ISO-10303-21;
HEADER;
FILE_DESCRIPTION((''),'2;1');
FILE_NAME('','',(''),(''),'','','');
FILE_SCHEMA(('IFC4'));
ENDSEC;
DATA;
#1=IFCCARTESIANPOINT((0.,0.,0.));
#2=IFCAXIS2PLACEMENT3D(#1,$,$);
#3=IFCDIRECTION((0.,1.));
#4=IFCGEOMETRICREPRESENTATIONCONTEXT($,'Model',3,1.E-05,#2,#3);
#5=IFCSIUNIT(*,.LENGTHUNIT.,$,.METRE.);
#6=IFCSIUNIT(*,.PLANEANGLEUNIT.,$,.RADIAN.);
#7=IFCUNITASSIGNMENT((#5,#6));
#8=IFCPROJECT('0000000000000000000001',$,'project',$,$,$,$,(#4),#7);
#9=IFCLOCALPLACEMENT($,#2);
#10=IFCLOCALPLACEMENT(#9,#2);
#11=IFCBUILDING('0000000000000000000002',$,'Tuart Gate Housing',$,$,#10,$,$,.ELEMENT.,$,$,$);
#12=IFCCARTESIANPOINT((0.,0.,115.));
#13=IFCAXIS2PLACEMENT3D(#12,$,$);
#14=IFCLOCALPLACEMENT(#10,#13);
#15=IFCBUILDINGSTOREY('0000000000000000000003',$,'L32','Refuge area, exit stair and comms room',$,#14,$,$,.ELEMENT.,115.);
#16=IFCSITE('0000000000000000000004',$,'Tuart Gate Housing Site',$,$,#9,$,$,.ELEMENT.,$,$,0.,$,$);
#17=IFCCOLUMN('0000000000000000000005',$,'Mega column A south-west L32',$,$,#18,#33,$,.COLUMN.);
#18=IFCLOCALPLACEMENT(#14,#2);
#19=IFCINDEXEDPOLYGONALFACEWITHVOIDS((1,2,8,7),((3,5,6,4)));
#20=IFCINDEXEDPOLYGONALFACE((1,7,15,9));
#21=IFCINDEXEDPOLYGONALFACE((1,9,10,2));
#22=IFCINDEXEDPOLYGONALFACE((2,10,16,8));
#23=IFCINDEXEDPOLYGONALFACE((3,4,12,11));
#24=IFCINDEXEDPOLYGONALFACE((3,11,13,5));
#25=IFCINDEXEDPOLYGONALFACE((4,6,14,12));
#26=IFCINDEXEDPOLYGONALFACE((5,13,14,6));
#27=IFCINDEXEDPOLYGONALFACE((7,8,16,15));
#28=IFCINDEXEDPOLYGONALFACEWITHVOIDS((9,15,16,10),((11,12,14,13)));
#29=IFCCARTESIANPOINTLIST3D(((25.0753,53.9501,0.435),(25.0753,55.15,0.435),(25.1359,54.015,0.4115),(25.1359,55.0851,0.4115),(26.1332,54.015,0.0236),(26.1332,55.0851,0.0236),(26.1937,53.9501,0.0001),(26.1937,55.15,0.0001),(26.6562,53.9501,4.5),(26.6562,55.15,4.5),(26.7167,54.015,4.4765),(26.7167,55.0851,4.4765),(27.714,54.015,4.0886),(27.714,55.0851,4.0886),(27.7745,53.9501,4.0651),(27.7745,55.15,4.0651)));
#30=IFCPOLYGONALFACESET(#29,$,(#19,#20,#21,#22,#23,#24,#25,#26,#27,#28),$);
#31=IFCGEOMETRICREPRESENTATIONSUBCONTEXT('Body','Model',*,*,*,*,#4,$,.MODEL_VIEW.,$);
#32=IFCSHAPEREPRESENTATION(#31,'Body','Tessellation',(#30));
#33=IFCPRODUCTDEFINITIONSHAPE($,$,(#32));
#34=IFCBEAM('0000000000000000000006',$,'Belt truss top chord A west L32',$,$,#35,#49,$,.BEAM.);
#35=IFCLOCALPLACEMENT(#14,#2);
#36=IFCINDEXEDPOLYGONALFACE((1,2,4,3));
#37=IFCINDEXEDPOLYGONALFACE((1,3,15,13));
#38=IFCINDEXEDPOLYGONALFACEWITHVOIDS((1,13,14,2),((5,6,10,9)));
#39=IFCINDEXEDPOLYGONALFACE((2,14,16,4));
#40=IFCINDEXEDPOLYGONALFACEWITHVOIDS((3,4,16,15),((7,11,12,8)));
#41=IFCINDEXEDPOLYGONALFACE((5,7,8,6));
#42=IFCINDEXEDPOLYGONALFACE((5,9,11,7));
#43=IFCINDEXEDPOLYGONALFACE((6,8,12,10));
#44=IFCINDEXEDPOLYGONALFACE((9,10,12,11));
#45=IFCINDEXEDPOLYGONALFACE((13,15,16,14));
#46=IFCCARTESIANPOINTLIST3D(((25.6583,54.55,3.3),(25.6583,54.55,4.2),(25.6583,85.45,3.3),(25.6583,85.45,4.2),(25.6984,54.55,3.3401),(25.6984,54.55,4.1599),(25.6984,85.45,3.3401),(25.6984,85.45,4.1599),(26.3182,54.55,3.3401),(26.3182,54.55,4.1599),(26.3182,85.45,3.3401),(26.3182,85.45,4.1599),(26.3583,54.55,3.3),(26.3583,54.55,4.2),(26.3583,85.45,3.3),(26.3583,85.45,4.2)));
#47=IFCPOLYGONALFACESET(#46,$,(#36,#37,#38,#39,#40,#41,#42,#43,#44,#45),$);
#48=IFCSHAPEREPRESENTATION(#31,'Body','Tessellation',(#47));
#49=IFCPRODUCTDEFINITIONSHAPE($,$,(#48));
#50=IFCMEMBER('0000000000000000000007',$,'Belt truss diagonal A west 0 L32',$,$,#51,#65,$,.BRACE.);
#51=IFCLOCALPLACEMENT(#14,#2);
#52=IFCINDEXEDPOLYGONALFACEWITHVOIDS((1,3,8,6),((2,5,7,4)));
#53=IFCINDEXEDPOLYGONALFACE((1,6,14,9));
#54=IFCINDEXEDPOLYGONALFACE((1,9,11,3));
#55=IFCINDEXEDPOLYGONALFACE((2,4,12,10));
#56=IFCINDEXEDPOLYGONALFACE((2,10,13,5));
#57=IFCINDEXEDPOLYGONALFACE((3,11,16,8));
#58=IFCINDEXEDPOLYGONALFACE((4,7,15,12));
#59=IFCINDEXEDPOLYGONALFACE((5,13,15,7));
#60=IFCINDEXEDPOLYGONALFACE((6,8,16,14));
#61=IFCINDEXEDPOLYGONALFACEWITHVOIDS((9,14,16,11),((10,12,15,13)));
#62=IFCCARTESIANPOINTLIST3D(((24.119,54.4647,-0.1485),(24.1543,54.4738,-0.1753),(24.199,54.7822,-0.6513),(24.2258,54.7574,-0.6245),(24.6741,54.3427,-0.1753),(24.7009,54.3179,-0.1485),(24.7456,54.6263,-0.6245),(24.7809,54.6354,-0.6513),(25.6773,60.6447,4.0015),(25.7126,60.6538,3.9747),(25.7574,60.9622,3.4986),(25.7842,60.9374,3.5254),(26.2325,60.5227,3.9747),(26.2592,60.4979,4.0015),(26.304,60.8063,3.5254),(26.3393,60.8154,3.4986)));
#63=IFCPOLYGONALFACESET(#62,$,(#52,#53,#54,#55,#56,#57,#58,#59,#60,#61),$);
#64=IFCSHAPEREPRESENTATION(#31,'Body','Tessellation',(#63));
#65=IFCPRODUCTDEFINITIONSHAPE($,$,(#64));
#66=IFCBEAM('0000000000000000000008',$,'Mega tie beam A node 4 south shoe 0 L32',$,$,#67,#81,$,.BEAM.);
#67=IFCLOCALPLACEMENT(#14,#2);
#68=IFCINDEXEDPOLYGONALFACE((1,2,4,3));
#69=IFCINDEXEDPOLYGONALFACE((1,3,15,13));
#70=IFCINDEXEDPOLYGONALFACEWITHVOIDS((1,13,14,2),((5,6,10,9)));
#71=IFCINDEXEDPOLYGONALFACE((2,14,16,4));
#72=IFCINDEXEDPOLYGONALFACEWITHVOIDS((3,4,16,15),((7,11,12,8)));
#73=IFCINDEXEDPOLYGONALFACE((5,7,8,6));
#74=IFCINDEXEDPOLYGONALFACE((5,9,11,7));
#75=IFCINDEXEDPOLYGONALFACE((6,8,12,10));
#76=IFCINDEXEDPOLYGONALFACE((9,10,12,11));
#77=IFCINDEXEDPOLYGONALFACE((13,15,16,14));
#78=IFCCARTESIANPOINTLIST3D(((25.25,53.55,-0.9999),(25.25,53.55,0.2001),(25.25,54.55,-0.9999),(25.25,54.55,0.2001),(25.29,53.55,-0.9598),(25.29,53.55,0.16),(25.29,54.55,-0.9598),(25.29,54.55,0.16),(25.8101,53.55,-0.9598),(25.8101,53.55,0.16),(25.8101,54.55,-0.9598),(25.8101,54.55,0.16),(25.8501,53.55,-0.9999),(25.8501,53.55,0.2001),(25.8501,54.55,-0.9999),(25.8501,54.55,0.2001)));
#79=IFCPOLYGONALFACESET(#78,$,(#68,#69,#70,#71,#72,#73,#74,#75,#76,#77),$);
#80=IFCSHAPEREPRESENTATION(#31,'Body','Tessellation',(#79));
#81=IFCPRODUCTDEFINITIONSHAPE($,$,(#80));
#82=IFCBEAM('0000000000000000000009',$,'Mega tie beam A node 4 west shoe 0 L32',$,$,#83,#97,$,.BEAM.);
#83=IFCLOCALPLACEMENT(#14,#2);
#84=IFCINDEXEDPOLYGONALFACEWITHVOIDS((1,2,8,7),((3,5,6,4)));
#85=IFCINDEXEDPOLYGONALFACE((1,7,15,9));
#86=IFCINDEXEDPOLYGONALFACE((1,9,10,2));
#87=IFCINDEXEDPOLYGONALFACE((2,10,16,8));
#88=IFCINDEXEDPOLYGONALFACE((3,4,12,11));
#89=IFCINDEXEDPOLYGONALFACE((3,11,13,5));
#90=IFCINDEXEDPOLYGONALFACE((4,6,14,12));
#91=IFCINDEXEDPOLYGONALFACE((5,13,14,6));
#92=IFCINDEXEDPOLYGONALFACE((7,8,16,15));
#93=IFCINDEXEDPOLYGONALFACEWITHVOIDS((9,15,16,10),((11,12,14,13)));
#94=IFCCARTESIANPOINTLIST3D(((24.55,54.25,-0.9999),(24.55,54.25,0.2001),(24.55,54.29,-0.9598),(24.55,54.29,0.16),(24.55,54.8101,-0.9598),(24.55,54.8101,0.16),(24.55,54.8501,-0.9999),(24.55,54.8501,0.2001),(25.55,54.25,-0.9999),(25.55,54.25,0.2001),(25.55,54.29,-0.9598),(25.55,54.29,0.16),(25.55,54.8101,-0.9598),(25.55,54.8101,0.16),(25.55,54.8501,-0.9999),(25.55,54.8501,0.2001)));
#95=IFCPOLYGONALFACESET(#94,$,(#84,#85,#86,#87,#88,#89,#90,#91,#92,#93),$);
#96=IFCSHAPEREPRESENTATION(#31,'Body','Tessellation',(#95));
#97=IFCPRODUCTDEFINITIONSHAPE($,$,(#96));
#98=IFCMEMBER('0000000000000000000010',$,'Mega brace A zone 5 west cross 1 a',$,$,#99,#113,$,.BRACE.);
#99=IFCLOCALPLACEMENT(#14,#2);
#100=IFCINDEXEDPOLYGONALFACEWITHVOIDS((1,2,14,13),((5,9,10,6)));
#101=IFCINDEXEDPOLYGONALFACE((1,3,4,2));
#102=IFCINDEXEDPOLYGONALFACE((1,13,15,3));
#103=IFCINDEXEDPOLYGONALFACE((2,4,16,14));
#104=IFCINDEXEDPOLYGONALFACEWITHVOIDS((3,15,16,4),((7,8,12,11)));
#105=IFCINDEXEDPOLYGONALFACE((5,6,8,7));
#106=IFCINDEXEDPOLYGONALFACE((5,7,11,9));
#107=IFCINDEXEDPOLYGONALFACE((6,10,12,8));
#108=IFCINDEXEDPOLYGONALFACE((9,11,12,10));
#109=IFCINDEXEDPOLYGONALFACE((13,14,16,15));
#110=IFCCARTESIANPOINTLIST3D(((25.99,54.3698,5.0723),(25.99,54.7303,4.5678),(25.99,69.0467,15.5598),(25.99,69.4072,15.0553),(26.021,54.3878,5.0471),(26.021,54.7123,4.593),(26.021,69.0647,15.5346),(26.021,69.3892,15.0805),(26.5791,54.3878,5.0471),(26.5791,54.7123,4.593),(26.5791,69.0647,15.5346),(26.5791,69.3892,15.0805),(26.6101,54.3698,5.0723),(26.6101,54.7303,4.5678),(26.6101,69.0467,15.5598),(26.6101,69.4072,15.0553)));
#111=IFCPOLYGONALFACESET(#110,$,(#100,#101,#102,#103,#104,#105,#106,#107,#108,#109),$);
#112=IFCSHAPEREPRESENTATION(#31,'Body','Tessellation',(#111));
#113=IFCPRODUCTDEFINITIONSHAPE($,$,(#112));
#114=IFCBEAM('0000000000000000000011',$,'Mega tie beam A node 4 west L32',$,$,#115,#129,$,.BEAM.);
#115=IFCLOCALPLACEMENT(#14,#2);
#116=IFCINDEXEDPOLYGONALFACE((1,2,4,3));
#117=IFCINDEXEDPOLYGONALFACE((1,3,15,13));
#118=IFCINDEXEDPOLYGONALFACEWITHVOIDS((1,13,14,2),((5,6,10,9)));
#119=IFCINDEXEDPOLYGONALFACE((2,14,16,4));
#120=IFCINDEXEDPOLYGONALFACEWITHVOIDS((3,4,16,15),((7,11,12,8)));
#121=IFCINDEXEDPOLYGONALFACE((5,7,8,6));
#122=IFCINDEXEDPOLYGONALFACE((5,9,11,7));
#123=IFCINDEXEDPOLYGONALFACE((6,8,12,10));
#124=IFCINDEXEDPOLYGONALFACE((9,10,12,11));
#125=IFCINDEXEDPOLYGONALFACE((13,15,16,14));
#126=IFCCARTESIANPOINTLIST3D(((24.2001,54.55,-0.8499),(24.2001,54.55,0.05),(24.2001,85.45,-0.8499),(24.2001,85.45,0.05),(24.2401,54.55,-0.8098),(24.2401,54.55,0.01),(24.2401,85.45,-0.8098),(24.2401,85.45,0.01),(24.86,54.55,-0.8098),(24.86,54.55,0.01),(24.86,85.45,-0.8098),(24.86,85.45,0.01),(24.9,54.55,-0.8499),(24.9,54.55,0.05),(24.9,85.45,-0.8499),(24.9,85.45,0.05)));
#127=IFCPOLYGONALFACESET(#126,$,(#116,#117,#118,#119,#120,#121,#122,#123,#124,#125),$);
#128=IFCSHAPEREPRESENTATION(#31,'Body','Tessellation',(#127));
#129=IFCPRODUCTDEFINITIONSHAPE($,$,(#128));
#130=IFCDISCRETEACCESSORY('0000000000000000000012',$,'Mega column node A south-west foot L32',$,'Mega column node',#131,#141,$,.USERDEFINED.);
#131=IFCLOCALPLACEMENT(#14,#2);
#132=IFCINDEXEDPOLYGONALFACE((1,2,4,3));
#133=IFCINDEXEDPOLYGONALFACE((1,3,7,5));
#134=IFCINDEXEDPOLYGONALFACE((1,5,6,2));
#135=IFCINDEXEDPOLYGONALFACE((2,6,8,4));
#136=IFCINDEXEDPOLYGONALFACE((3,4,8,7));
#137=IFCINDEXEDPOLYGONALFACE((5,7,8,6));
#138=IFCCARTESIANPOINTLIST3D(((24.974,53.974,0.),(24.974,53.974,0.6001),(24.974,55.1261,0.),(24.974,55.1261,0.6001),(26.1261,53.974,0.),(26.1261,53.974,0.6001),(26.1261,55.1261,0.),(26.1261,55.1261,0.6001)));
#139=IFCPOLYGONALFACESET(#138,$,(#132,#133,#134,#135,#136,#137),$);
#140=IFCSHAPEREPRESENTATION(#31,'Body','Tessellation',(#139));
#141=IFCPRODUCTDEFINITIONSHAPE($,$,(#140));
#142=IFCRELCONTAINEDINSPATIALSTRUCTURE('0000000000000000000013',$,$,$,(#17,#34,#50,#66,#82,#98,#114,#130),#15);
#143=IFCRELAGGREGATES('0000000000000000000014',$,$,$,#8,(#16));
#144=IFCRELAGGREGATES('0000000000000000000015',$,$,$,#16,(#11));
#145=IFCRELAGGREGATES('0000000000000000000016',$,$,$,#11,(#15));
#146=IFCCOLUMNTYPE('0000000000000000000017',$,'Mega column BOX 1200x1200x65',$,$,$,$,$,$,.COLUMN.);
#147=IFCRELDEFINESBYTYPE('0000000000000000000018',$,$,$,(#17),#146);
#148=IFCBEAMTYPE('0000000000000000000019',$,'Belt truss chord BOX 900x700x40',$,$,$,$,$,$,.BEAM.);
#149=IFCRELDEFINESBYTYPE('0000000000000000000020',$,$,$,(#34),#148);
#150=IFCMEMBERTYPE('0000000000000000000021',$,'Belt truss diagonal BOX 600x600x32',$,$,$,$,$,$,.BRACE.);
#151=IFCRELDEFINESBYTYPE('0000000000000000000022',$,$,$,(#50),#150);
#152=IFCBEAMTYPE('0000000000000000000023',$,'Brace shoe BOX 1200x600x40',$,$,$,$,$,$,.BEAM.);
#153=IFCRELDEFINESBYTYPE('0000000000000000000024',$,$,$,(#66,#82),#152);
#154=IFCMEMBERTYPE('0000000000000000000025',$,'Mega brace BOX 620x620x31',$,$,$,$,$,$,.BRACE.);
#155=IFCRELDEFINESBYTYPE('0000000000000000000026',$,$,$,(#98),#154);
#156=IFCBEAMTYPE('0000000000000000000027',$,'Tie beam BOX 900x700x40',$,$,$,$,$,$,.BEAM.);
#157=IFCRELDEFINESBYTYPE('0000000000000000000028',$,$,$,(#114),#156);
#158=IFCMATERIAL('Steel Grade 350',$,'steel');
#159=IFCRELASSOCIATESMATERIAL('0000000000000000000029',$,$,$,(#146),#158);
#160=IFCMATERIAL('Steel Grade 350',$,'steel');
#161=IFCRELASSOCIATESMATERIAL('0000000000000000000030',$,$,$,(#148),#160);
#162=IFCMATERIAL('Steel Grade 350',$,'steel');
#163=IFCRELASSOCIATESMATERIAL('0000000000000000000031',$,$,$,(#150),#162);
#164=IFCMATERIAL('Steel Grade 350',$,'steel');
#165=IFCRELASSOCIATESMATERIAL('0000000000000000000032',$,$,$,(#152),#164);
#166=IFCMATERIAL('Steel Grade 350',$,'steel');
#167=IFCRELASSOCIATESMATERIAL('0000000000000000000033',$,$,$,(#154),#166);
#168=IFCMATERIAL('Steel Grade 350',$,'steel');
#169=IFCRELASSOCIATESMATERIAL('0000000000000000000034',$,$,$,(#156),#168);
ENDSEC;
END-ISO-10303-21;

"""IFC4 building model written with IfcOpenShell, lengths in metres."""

from ifc_helpers import new_model, si_unit, direction, frame, origin, origin_2d, place, context, subcontext, project, spatial, rectangle, hollow_rectangle, extrude, material, material_profile, profile_set, type_object, element, save


model = new_model("IFC4")

# Units and contexts
model_context = context("Model", 3, precision=1e-05, world=origin(), true_north=direction((0.0, 1.0)))
body_context = subcontext(model_context, "Body", "Model", "MODEL_VIEW")
ifc_project = project(units=[si_unit("LENGTHUNIT", "METRE"), si_unit("PLANEANGLEUNIT", "RADIAN")], contexts=[model_context])

# Site, building, storey
site_placement = place(None, origin())
site = spatial("IfcSite", under=ifc_project, at=site_placement, Name="Tuart Gate Housing Site", CompositionType="ELEMENT", RefElevation=0.0)
building_placement = place(site_placement, origin())
building = spatial("IfcBuilding", under=site, at=building_placement, Name="Tuart Gate Housing", CompositionType="ELEMENT")
storey_placement = place(building_placement, frame((0.0, 0.0, 115.0)))
storey = spatial("IfcBuildingStorey", under=building, at=storey_placement, Name="L32", Description="Refuge area, exit stair and comms room", CompositionType="ELEMENT", Elevation=115.0)

# Column
ifc_material_1 = material(Name="Steel Grade 350", Category="steel")
ifc_material_profile_1 = material_profile(ifc_material_1, hollow_rectangle(XDim=1.2, YDim=1.2, WallThickness=0.0649, at=origin_2d()), Name="BOX 1200x1200x65")
ifc_profile_set_1 = profile_set([ifc_material_profile_1], Name="Steel Grade 350")
column_type = type_object("IfcColumnType", Name="Mega column BOX 1200x1200x65", PredefinedType="COLUMN", material=ifc_profile_set_1)
column_placement = place(storey_placement, frame((25.6345, 54.55, 0.2175), z_axis=(0.362446, 0.0, 0.932005), x_axis=(0.0, 1.0, 0.0)))
element("IfcColumn", 1, at=column_placement, inside=storey, type_object=column_type, Name="Mega column A south-west L32", PredefinedType="COLUMN", context=body_context, shape_type="SweptSolid", body=[
    extrude(hollow_rectangle(XDim=1.2, YDim=1.2, WallThickness=0.0649, at=origin_2d()), origin(), (0.0, 0.0, 1.0), 4.3616),
])

# Beam
ifc_material_2 = material(Name="Steel Grade 350", Category="steel")
ifc_material_profile_2 = material_profile(ifc_material_2, hollow_rectangle(XDim=0.7, YDim=0.8999, WallThickness=0.04, at=origin_2d()), Name="BOX 900x700x40")
ifc_profile_set_2 = profile_set([ifc_material_profile_2], Name="Steel Grade 350")
beam_type_1 = type_object("IfcBeamType", Name="Belt truss chord BOX 900x700x40", PredefinedType="BEAM", material=ifc_profile_set_2)
beam_1_placement = place(storey_placement, frame((26.0083, 54.55, 3.75), z_axis=(0.0, 1.0, 0.0), x_axis=(-1.0, 0.0, 0.0)))
element("IfcBeam", 2, at=beam_1_placement, inside=storey, type_object=beam_type_1, Name="Belt truss top chord A west L32", PredefinedType="BEAM", context=body_context, shape_type="SweptSolid", body=[
    extrude(hollow_rectangle(XDim=0.7, YDim=0.8999, WallThickness=0.04, at=origin_2d()), origin(), (0.0, 0.0, 1.0), 30.8999),
])

# Member
ifc_material_3 = material(Name="Steel Grade 350", Category="steel")
ifc_material_profile_3 = material_profile(ifc_material_3, hollow_rectangle(XDim=0.6001, YDim=0.6001, WallThickness=0.032, at=origin_2d()), Name="BOX 600x600x32")
ifc_profile_set_3 = profile_set([ifc_material_profile_3], Name="Steel Grade 350")
member_type_1 = type_object("IfcMemberType", Name="Belt truss diagonal BOX 600x600x32", PredefinedType="BRACE", material=ifc_profile_set_3)
member_1_placement = place(storey_placement, frame((24.45, 54.55, -0.3999), z_axis=(0.204901, 0.812574, 0.545654), x_axis=(-0.969647, 0.244509, 0.0)))
element("IfcMember", 3, at=member_1_placement, inside=storey, type_object=member_type_1, Name="Belt truss diagonal A west 0 L32", PredefinedType="BRACE", context=body_context, shape_type="SweptSolid", body=[
    extrude(hollow_rectangle(XDim=0.6001, YDim=0.6001, WallThickness=0.032, at=origin_2d()), origin(), (0.0, 0.0, 1.0), 7.6055),
])

# Beams
ifc_material_4 = material(Name="Steel Grade 350", Category="steel")
ifc_material_profile_4 = material_profile(ifc_material_4, hollow_rectangle(XDim=0.6001, YDim=1.2, WallThickness=0.04, at=origin_2d()), Name="BOX 1200x600x40")
ifc_profile_set_4 = profile_set([ifc_material_profile_4], Name="Steel Grade 350")
beam_type_2 = type_object("IfcBeamType", Name="Brace shoe BOX 1200x600x40", PredefinedType="BEAM", material=ifc_profile_set_4)
for number, where, z_axis, x_axis, name in (
    (4, (25.55, 54.55, -0.3999), (0.0, -1.0, 0.0), (1.0, 0.0, 0.0), "Mega tie beam A node 4 south shoe 0 L32"),
    (5, (25.55, 54.55, -0.3999), (-1.0, 0.0, 0.0), (0.0, -1.0, 0.0), "Mega tie beam A node 4 west shoe 0 L32"),
):
    element("IfcBeam", number, at=place(storey_placement, frame(where, z_axis=z_axis, x_axis=x_axis)), inside=storey, type_object=beam_type_2, Name=name, PredefinedType="BEAM", context=body_context, shape_type="SweptSolid", body=[
        extrude(hollow_rectangle(XDim=0.6001, YDim=1.2, WallThickness=0.04, at=origin_2d()), origin(), (0.0, 0.0, 1.0), 1.0),
    ])

# Member
ifc_material_5 = material(Name="Steel Grade 350", Category="steel")
ifc_material_profile_5 = material_profile(ifc_material_5, hollow_rectangle(XDim=0.6201, YDim=0.6201, WallThickness=0.031, at=origin_2d()), Name="BOX 620x620x31")
ifc_profile_set_5 = profile_set([ifc_material_profile_5], Name="Steel Grade 350")
member_type_2 = type_object("IfcMemberType", Name="Mega brace BOX 620x620x31", PredefinedType="BRACE", material=ifc_profile_set_5)
member_2_placement = place(storey_placement, frame((26.3, 54.55, 4.8201), z_axis=(0.0, 0.813629, 0.581384), x_axis=(-1.0, 0.0, 0.0)))
element("IfcMember", 6, at=member_2_placement, inside=storey, type_object=member_type_2, Name="Mega brace A zone 5 west cross 1 a", PredefinedType="BRACE", context=body_context, shape_type="SweptSolid", body=[
    extrude(hollow_rectangle(XDim=0.6201, YDim=0.6201, WallThickness=0.031, at=origin_2d()), origin(), (0.0, 0.0, 1.0), 18.0388),
])

# Beam
ifc_material_6 = material(Name="Steel Grade 350", Category="steel")
ifc_material_profile_6 = material_profile(ifc_material_6, hollow_rectangle(XDim=0.7, YDim=0.8999, WallThickness=0.04, at=origin_2d()), Name="BOX 900x700x40")
ifc_profile_set_6 = profile_set([ifc_material_profile_6], Name="Steel Grade 350")
beam_type_3 = type_object("IfcBeamType", Name="Tie beam BOX 900x700x40", PredefinedType="BEAM", material=ifc_profile_set_6)
beam_2_placement = place(storey_placement, frame((24.55, 54.55, -0.3999), z_axis=(0.0, 1.0, 0.0), x_axis=(-1.0, 0.0, 0.0)))
element("IfcBeam", 7, at=beam_2_placement, inside=storey, type_object=beam_type_3, Name="Mega tie beam A node 4 west L32", PredefinedType="BEAM", context=body_context, shape_type="SweptSolid", body=[
    extrude(hollow_rectangle(XDim=0.7, YDim=0.8999, WallThickness=0.04, at=origin_2d()), origin(), (0.0, 0.0, 1.0), 30.8999),
])

# Discrete accessory
discrete_accessory_placement = place(storey_placement, frame((25.55, 54.55, 0.0), z_axis=(0.0, 0.0, 1.0), x_axis=(1.0, 0.0, 0.0)))
element("IfcDiscreteAccessory", 8, at=discrete_accessory_placement, inside=storey, Name="Mega column node A south-west foot L32", ObjectType="Mega column node", PredefinedType="USERDEFINED", context=body_context, shape_type="SweptSolid", body=[
    extrude(rectangle(XDim=1.1521, YDim=1.1521, at=origin_2d()), origin(), (0.0, 0.0, 1.0), 0.6001),
])

save(model, "model.ifc")
